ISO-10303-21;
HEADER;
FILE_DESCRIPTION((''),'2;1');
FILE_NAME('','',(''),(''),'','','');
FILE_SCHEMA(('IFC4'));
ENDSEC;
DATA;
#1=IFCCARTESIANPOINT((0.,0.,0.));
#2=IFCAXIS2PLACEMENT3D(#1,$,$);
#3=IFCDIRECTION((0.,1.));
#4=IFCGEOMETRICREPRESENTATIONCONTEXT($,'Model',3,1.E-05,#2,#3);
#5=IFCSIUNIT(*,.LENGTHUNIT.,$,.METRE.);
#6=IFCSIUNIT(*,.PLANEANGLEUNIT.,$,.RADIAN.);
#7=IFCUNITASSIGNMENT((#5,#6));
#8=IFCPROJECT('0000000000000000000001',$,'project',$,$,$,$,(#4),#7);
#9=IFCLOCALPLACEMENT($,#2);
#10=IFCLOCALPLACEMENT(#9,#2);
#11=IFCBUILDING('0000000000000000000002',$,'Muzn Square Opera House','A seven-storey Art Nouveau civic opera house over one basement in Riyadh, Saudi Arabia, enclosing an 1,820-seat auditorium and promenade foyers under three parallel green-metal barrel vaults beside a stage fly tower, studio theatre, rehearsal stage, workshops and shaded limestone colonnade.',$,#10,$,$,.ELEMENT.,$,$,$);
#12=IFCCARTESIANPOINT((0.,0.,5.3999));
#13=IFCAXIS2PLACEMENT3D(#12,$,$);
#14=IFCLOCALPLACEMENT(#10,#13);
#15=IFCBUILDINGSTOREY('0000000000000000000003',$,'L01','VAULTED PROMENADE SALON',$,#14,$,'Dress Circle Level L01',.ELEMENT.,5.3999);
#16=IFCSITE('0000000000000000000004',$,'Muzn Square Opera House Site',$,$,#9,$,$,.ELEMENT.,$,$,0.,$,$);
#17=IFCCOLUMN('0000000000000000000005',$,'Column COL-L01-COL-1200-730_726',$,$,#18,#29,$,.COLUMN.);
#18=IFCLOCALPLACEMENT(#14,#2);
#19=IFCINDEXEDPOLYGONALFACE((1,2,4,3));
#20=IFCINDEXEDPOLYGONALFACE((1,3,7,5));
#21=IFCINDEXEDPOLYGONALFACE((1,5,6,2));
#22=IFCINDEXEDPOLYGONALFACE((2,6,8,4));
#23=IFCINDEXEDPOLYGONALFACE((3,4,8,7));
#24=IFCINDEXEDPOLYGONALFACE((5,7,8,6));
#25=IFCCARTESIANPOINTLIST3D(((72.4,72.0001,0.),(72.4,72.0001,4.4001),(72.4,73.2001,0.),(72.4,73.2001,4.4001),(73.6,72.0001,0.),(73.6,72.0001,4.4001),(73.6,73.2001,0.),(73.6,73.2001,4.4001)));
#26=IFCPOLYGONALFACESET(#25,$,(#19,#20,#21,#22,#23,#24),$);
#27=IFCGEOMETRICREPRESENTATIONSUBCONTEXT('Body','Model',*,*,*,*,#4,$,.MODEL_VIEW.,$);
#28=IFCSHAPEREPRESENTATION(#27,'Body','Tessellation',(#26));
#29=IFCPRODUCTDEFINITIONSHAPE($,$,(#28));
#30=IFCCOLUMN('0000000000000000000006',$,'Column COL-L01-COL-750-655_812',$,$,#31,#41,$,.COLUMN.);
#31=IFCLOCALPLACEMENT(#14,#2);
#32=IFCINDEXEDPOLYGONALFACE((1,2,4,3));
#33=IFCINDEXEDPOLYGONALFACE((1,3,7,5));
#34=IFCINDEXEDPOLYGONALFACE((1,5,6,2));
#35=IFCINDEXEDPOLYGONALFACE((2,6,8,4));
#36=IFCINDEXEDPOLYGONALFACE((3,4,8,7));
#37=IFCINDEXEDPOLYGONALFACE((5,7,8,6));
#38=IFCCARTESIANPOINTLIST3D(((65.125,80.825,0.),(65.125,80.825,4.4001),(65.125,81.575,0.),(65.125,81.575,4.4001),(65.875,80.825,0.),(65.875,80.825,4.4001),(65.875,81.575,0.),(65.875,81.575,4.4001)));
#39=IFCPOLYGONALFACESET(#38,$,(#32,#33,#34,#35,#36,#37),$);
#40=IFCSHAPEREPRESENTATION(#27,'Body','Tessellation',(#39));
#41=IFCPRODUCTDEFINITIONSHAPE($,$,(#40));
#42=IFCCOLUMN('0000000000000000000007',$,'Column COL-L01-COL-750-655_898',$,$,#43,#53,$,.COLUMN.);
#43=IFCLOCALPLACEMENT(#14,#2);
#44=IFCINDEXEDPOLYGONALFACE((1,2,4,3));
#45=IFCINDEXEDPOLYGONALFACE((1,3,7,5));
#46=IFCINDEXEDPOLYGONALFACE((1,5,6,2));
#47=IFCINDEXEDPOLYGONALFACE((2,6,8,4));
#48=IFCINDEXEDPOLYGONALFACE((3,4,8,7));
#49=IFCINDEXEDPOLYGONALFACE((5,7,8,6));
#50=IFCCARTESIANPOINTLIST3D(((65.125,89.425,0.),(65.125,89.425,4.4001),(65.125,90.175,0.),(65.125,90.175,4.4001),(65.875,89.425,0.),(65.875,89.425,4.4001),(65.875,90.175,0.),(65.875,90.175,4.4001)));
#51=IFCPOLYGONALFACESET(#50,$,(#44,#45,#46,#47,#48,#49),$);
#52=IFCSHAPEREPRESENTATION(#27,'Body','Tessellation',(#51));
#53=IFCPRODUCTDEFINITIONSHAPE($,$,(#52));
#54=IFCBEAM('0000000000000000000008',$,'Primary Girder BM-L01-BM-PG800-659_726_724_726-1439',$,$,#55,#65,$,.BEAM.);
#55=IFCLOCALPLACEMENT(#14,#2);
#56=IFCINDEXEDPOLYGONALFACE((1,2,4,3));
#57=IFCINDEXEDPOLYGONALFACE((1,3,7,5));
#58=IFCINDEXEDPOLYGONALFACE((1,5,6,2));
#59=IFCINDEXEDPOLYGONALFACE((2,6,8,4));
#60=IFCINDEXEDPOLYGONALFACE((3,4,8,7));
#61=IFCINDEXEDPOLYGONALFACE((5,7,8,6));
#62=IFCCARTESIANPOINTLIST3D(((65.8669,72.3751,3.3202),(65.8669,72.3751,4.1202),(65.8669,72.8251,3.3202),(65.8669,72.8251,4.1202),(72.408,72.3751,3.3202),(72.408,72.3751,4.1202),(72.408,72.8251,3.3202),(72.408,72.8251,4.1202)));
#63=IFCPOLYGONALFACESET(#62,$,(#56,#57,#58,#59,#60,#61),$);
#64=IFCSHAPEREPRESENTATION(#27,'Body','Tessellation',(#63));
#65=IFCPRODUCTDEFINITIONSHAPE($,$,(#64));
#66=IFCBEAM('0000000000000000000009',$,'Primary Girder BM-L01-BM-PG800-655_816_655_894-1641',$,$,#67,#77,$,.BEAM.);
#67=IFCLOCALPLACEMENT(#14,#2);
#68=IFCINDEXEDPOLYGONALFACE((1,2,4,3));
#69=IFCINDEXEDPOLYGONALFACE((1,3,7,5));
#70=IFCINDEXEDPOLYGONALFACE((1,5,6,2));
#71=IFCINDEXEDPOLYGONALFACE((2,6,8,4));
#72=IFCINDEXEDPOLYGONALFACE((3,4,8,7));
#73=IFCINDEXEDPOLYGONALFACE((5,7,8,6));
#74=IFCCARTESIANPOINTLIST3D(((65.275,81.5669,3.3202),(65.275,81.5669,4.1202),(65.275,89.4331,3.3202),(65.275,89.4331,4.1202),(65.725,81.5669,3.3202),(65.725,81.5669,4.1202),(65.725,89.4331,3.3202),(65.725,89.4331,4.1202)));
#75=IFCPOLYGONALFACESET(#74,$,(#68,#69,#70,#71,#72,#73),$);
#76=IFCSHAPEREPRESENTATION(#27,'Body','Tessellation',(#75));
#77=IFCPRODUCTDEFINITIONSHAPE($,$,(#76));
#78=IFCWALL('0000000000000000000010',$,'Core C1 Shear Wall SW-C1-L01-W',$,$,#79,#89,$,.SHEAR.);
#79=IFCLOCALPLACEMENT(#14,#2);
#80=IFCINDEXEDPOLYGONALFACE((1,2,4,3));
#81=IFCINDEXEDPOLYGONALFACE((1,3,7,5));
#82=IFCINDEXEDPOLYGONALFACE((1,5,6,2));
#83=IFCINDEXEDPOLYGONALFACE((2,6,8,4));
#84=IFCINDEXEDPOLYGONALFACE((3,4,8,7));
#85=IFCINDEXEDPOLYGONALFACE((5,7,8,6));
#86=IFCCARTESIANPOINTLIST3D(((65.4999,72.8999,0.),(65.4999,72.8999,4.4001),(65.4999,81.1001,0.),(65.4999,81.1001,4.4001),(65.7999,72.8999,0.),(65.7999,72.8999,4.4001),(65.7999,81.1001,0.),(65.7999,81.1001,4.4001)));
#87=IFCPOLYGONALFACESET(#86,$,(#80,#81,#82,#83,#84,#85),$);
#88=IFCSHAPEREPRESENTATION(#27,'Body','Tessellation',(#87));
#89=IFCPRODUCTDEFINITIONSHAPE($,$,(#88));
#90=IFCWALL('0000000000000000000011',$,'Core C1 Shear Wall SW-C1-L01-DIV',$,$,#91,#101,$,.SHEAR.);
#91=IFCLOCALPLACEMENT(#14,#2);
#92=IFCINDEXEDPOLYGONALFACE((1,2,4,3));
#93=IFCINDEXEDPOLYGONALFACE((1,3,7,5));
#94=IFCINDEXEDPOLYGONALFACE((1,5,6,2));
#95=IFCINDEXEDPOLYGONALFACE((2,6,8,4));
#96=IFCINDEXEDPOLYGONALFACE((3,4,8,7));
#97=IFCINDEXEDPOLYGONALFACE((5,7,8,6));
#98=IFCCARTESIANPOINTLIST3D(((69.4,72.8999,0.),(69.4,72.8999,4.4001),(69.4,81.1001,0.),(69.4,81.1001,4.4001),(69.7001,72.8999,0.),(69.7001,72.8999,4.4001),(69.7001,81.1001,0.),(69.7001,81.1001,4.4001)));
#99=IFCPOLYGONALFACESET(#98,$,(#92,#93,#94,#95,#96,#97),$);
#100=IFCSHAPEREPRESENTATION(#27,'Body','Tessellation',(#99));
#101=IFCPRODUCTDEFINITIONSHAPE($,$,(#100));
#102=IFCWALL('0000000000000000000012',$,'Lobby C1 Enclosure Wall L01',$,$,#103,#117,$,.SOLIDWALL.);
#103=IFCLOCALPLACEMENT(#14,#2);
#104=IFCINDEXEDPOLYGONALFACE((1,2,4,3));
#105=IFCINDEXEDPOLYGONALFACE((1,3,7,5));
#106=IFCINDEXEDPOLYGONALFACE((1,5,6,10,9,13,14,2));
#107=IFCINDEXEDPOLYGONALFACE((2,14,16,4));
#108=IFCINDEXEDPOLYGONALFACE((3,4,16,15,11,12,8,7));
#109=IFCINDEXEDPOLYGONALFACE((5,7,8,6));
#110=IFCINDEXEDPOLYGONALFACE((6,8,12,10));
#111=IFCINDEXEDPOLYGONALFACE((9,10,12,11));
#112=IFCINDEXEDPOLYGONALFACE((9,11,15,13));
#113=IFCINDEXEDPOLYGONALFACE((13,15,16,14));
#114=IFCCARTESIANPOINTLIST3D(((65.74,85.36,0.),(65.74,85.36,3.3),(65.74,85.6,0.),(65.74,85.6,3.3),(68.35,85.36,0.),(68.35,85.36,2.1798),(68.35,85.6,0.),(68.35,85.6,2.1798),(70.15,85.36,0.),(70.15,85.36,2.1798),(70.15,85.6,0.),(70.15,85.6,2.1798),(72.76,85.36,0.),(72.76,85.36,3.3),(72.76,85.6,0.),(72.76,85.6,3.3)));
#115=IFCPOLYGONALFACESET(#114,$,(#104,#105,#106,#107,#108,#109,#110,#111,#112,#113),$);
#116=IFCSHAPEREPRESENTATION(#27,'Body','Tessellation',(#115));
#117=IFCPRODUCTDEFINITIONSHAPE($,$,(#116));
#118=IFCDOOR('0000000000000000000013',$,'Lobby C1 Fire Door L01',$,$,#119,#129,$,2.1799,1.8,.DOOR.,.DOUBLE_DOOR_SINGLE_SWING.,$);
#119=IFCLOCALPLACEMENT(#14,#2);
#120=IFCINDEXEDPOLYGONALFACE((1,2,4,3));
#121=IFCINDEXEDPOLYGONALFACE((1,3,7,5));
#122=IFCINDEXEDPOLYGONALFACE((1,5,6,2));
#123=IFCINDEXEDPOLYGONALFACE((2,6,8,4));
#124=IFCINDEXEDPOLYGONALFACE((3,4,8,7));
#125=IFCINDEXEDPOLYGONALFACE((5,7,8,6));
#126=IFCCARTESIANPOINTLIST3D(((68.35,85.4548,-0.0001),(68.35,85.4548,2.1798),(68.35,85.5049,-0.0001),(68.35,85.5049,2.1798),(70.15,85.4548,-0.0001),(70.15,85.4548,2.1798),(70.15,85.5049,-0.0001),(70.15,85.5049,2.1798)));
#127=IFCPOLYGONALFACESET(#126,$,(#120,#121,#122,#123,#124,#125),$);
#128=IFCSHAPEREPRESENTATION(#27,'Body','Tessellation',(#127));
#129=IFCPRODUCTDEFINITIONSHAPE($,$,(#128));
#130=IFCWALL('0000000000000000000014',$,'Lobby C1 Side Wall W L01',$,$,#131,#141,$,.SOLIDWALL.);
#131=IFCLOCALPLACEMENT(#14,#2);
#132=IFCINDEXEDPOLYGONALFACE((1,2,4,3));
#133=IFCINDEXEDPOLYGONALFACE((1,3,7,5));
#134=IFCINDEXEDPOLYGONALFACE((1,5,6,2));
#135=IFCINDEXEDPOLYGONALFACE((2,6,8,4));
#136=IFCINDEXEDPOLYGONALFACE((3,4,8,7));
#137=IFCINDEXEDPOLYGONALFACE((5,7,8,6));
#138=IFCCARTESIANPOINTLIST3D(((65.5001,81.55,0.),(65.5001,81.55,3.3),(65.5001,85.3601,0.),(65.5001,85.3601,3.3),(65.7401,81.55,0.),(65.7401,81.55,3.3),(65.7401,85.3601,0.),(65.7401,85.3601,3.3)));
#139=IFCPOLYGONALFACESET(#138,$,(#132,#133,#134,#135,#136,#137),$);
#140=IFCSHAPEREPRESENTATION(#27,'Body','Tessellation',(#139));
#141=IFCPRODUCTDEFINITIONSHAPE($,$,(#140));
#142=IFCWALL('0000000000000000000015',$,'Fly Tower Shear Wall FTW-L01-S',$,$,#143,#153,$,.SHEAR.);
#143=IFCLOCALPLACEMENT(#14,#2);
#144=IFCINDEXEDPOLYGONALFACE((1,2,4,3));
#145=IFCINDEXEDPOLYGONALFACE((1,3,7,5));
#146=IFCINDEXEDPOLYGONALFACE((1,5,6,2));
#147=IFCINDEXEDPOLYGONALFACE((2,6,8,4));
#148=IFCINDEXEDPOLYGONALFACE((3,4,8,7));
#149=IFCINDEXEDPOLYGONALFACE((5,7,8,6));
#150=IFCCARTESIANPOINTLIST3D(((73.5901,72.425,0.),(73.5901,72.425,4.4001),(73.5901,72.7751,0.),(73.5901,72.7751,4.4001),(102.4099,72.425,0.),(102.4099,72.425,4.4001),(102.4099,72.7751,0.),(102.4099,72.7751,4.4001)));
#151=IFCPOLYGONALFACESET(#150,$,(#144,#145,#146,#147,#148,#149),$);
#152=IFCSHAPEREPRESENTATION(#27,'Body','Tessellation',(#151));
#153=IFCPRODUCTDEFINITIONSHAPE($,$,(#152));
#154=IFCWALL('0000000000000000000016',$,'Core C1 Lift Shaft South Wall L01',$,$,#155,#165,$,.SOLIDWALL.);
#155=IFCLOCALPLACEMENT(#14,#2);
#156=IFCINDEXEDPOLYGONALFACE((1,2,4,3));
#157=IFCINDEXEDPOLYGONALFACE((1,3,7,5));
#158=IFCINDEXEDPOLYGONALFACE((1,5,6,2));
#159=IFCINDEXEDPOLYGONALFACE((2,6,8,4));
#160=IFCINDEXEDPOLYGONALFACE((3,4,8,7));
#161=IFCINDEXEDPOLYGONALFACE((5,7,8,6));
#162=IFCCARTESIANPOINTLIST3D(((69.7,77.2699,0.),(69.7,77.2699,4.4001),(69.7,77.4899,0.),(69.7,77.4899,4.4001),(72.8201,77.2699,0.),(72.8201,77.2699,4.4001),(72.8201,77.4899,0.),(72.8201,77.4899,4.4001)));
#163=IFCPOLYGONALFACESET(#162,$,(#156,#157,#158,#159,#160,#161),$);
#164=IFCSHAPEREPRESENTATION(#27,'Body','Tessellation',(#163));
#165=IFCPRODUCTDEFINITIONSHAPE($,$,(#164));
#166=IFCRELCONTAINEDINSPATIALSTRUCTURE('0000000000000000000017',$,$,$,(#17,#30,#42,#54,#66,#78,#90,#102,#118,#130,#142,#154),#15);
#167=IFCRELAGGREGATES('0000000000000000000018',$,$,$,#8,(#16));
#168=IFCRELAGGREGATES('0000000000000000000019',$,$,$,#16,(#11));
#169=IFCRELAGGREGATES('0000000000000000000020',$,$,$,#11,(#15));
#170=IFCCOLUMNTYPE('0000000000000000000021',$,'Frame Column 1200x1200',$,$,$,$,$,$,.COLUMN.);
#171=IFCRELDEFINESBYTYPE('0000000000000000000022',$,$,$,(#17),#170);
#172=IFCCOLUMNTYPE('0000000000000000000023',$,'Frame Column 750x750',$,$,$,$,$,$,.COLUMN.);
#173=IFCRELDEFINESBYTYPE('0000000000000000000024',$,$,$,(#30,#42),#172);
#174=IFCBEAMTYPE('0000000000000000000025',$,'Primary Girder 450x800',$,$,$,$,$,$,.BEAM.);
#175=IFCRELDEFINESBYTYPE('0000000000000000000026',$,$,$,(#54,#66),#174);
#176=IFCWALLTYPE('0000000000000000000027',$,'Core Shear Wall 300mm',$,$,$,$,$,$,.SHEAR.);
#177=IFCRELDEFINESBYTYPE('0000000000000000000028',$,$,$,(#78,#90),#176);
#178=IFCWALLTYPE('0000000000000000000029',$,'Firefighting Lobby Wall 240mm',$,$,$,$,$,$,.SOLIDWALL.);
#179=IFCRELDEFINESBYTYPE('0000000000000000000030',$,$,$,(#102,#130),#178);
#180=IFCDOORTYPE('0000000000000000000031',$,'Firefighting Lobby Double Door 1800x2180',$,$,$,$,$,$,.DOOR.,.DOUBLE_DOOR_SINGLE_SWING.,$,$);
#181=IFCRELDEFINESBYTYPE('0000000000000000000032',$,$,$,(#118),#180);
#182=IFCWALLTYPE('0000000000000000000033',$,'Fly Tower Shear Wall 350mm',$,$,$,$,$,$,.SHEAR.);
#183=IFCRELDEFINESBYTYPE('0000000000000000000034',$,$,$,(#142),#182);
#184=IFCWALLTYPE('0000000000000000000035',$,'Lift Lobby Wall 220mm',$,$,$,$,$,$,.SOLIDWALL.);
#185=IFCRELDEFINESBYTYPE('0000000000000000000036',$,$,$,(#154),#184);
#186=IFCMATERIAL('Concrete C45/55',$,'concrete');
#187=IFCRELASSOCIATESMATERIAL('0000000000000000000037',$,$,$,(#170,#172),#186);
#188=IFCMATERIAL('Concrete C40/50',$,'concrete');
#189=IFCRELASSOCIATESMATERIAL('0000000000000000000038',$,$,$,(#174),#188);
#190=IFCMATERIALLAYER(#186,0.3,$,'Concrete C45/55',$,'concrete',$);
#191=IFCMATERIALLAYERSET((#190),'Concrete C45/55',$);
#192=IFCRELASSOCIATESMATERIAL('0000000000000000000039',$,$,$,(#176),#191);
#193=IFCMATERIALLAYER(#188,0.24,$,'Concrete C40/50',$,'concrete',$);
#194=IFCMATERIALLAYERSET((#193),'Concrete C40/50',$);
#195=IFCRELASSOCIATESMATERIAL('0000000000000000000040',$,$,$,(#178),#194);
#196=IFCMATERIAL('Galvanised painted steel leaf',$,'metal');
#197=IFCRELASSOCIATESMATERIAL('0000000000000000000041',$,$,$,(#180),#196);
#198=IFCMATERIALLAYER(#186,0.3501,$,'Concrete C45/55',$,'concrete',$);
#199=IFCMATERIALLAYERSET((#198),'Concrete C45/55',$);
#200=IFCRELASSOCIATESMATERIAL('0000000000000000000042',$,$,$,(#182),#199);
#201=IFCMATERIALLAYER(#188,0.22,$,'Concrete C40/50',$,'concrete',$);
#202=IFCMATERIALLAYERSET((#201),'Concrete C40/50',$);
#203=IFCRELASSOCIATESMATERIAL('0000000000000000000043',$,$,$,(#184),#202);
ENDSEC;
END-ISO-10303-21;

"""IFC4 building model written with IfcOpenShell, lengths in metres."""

from ifc_helpers import new_model, si_unit, direction, frame, frame_2d, origin, origin_2d, place, context, subcontext, project, spatial, rectangle, extrude, material, layer, layer_set, material_profile, profile_set, type_object, element, fill, save


model = new_model("IFC4")

# Units and contexts
model_context = context("Model", 3, precision=1e-05, world=origin(), true_north=direction((0.0, 1.0)))
body_context = subcontext(model_context, "Body", "Model", "MODEL_VIEW")
ifc_project = project(units=[si_unit("LENGTHUNIT", "METRE"), si_unit("PLANEANGLEUNIT", "RADIAN")], contexts=[model_context])

# Site, building, storey
site_placement = place(None, origin())
site = spatial("IfcSite", under=ifc_project, at=site_placement, Name="Muzn Square Opera House Site", CompositionType="ELEMENT", RefElevation=0.0)
building_placement = place(site_placement, origin())
building = spatial("IfcBuilding", under=site, at=building_placement, Name="Muzn Square Opera House", Description="A seven-storey Art Nouveau civic opera house over one basement in Riyadh, Saudi Arabia, enclosing an 1,820-seat auditorium and promenade foyers under three parallel green-metal barrel vaults beside a stage fly tower, studio theatre, rehearsal stage, workshops and shaded limestone colonnade.", CompositionType="ELEMENT")
storey_placement = place(building_placement, frame((0.0, 0.0, 5.3999)))
storey = spatial("IfcBuildingStorey", under=building, at=storey_placement, Name="L01", Description="VAULTED PROMENADE SALON", LongName="Dress Circle Level L01", CompositionType="ELEMENT", Elevation=5.3999)

# Columns
ifc_material_1 = material(Name="Concrete C45/55", Category="concrete")
ifc_material_profile_1 = material_profile(ifc_material_1, rectangle(XDim=1.2, YDim=1.2, at=origin_2d()), Name="RC 1200x1200", Category="concrete")
ifc_profile_set_1 = profile_set([ifc_material_profile_1], Name="Concrete C45/55")
column_type_1 = type_object("IfcColumnType", Name="Frame Column 1200x1200", PredefinedType="COLUMN", material=ifc_profile_set_1)
column_placement = place(storey_placement, frame((73.0, 72.6001, 0.0), z_axis=(0.0, 0.0, 1.0), x_axis=(1.0, 0.0, 0.0)))
element("IfcColumn", 1, at=column_placement, inside=storey, type_object=column_type_1, Name="Column COL-L01-COL-1200-730_726", PredefinedType="COLUMN", context=body_context, shape_type="SweptSolid", body=[
    extrude(rectangle(XDim=1.2, YDim=1.2, at=origin_2d()), origin(), (0.0, 0.0, 1.0), 4.4001),
])
ifc_material_profile_2 = material_profile(ifc_material_1, rectangle(XDim=0.75, YDim=0.75, at=origin_2d()), Name="RC 750x750", Category="concrete")
ifc_profile_set_2 = profile_set([ifc_material_profile_2], Name="Concrete C45/55")
column_type_2 = type_object("IfcColumnType", Name="Frame Column 750x750", PredefinedType="COLUMN", material=ifc_profile_set_2)
for number, where, z_axis, x_axis, name in (
    (2, (65.5, 81.2, 0.0), (0.0, 0.0, 1.0), (1.0, 0.0, 0.0), "Column COL-L01-COL-750-655_812"),
    (3, (65.5, 89.8, 0.0), (0.0, 0.0, 1.0), (1.0, 0.0, 0.0), "Column COL-L01-COL-750-655_898"),
):
    element("IfcColumn", number, at=place(storey_placement, frame(where, z_axis=z_axis, x_axis=x_axis)), inside=storey, type_object=column_type_2, Name=name, PredefinedType="COLUMN", context=body_context, shape_type="SweptSolid", body=[
        extrude(rectangle(XDim=0.75, YDim=0.75, at=origin_2d()), origin(), (0.0, 0.0, 1.0), 4.4001),
    ])

# Beams
ifc_material_2 = material(Name="Concrete C40/50", Category="concrete")
ifc_material_profile_3 = material_profile(ifc_material_2, rectangle(XDim=0.45, YDim=0.8, at=origin_2d()), Name="RCB 450x800", Category="concrete")
ifc_profile_set_3 = profile_set([ifc_material_profile_3], Name="Concrete C40/50")
beam_type = type_object("IfcBeamType", Name="Primary Girder 450x800", PredefinedType="BEAM", material=ifc_profile_set_3)
beam_1_placement = place(storey_placement, frame((65.8669, 72.6001, 3.7202), z_axis=(1.0, 0.0, 0.0), x_axis=(0.0, 1.0, 0.0)))
element("IfcBeam", 4, at=beam_1_placement, inside=storey, type_object=beam_type, Name="Primary Girder BM-L01-BM-PG800-659_726_724_726-1439", PredefinedType="BEAM", context=body_context, shape_type="SweptSolid", body=[
    extrude(rectangle(XDim=0.45, YDim=0.8, at=origin_2d()), origin(), (0.0, 0.0, 1.0), 6.541),
])
beam_2_placement = place(storey_placement, frame((65.5, 81.5669, 3.7202), z_axis=(0.0, 1.0, 0.0), x_axis=(-1.0, 0.0, 0.0)))
element("IfcBeam", 5, at=beam_2_placement, inside=storey, type_object=beam_type, Name="Primary Girder BM-L01-BM-PG800-655_816_655_894-1641", PredefinedType="BEAM", context=body_context, shape_type="SweptSolid", body=[
    extrude(rectangle(XDim=0.45, YDim=0.8, at=origin_2d()), origin(), (0.0, 0.0, 1.0), 7.8662),
])

# Walls
ifc_layer_1 = layer(ifc_material_1, 0.3, Name="Concrete C45/55", Category="concrete")
ifc_layer_set_1 = layer_set([ifc_layer_1], Name="Concrete C45/55")
wall_type_1 = type_object("IfcWallType", Name="Core Shear Wall 300mm", PredefinedType="SHEAR", material=ifc_layer_set_1)
for number, where, z_axis, x_axis, name in (
    (6, (65.6499, 72.8999, 0.0), (0.0, 0.0, 1.0), (0.0, 1.0, 0.0), "Core C1 Shear Wall SW-C1-L01-W"),
    (7, (69.55, 72.8999, 0.0), (0.0, 0.0, 1.0), (0.0, 1.0, 0.0), "Core C1 Shear Wall SW-C1-L01-DIV"),
):
    element("IfcWall", number, at=place(storey_placement, frame(where, z_axis=z_axis, x_axis=x_axis)), inside=storey, type_object=wall_type_1, Name=name, PredefinedType="SHEAR", context=body_context, shape_type="SweptSolid", body=[
        extrude(rectangle(XDim=8.2002, YDim=0.3, at=frame_2d((4.1001, 0.0))), origin(), (0.0, 0.0, 1.0), 4.4001),
    ])

# Shared definitions
ifc_material_3 = material(Name="Galvanised painted steel leaf", Category="metal")

# Wall, opening, door
ifc_layer_2 = layer(ifc_material_2, 0.24, Name="Concrete C40/50", Category="concrete")
ifc_layer_set_2 = layer_set([ifc_layer_2], Name="Concrete C40/50")
wall_type_2 = type_object("IfcWallType", Name="Firefighting Lobby Wall 240mm", PredefinedType="SOLIDWALL", material=ifc_layer_set_2)
wall_1_placement = place(storey_placement, frame((65.74, 85.48, 0.0), z_axis=(0.0, 0.0, 1.0), x_axis=(1.0, 0.0, 0.0)))
wall_1 = element("IfcWall", 8, at=wall_1_placement, inside=storey, type_object=wall_type_2, Name="Lobby C1 Enclosure Wall L01", PredefinedType="SOLIDWALL", context=body_context, shape_type="SweptSolid", body=[
    extrude(rectangle(XDim=7.02, YDim=0.24, at=frame_2d((3.51, 0.0))), origin(), (0.0, 0.0, 1.0), 3.3),
])
opening_1_placement = place(wall_1_placement, frame((2.6101, 0.0, 0.0)))
opening_1 = element("IfcOpeningElement", 9, at=opening_1_placement, cuts=wall_1, PredefinedType="OPENING", context=body_context, shape_type="SweptSolid", body=[
    extrude(rectangle(XDim=1.8, YDim=2.1799, at=frame_2d((0.8999, 1.0898))), frame((0.0, 0.1299, 0.0), z_axis=(0.0, -1.0, 0.0), x_axis=(1.0, 0.0, 0.0)), (0.0, 0.0, 1.0), 0.26),
])
door_type_1 = type_object("IfcDoorType", Name="Firefighting Lobby Double Door 1800x2180", OperationType="DOUBLE_DOOR_SINGLE_SWING", PredefinedType="DOOR", material=ifc_material_3)
door_1_placement = place(opening_1_placement, origin())
door_1 = element("IfcDoor", 10, at=door_1_placement, inside=storey, type_object=door_type_1, Name="Lobby C1 Fire Door L01", OperationType="DOUBLE_DOOR_SINGLE_SWING", OverallHeight=2.1799, OverallWidth=1.8, PredefinedType="DOOR", context=body_context, shape_type="SweptSolid", body=[
    extrude(rectangle(XDim=1.8, YDim=2.1799, at=frame_2d((0.8999, 1.0898))), frame((0.0, 0.0249, 0.0), z_axis=(0.0, -1.0, 0.0), x_axis=(1.0, 0.0, 0.0)), (0.0, 0.0, 1.0), 0.05),
])
fill(opening_1, door_1)

# Walls
wall_2_placement = place(storey_placement, frame((65.6201, 81.55, 0.0), z_axis=(0.0, 0.0, 1.0), x_axis=(0.0, 1.0, 0.0)))
element("IfcWall", 11, at=wall_2_placement, inside=storey, type_object=wall_type_2, Name="Lobby C1 Side Wall W L01", PredefinedType="SOLIDWALL", context=body_context, shape_type="SweptSolid", body=[
    extrude(rectangle(XDim=3.8101, YDim=0.24, at=frame_2d((1.905, 0.0))), origin(), (0.0, 0.0, 1.0), 3.3),
])
ifc_layer_3 = layer(ifc_material_1, 0.3501, Name="Concrete C45/55", Category="concrete")
ifc_layer_set_3 = layer_set([ifc_layer_3], Name="Concrete C45/55")
wall_type_3 = type_object("IfcWallType", Name="Fly Tower Shear Wall 350mm", PredefinedType="SHEAR", material=ifc_layer_set_3)
wall_3_placement = place(storey_placement, frame((73.5901, 72.6001, 0.0), z_axis=(0.0, 0.0, 1.0), x_axis=(1.0, 0.0, 0.0)))
element("IfcWall", 12, at=wall_3_placement, inside=storey, type_object=wall_type_3, Name="Fly Tower Shear Wall FTW-L01-S", PredefinedType="SHEAR", context=body_context, shape_type="SweptSolid", body=[
    extrude(rectangle(XDim=28.8198, YDim=0.3501, at=frame_2d((14.4099, 0.0))), origin(), (0.0, 0.0, 1.0), 4.4001),
])
ifc_layer_4 = layer(ifc_material_2, 0.22, Name="Concrete C40/50", Category="concrete")
ifc_layer_set_4 = layer_set([ifc_layer_4], Name="Concrete C40/50")
wall_type_4 = type_object("IfcWallType", Name="Lift Lobby Wall 220mm", PredefinedType="SOLIDWALL", material=ifc_layer_set_4)
wall_4_placement = place(storey_placement, frame((69.7, 77.3799, 0.0), z_axis=(0.0, 0.0, 1.0), x_axis=(1.0, 0.0, 0.0)))
element("IfcWall", 13, at=wall_4_placement, inside=storey, type_object=wall_type_4, Name="Core C1 Lift Shaft South Wall L01", PredefinedType="SOLIDWALL", context=body_context, shape_type="SweptSolid", body=[
    extrude(rectangle(XDim=3.1201, YDim=0.22, at=frame_2d((1.5601, 0.0))), origin(), (0.0, 0.0, 1.0), 4.4001),
])

save(model, "model.ifc")
